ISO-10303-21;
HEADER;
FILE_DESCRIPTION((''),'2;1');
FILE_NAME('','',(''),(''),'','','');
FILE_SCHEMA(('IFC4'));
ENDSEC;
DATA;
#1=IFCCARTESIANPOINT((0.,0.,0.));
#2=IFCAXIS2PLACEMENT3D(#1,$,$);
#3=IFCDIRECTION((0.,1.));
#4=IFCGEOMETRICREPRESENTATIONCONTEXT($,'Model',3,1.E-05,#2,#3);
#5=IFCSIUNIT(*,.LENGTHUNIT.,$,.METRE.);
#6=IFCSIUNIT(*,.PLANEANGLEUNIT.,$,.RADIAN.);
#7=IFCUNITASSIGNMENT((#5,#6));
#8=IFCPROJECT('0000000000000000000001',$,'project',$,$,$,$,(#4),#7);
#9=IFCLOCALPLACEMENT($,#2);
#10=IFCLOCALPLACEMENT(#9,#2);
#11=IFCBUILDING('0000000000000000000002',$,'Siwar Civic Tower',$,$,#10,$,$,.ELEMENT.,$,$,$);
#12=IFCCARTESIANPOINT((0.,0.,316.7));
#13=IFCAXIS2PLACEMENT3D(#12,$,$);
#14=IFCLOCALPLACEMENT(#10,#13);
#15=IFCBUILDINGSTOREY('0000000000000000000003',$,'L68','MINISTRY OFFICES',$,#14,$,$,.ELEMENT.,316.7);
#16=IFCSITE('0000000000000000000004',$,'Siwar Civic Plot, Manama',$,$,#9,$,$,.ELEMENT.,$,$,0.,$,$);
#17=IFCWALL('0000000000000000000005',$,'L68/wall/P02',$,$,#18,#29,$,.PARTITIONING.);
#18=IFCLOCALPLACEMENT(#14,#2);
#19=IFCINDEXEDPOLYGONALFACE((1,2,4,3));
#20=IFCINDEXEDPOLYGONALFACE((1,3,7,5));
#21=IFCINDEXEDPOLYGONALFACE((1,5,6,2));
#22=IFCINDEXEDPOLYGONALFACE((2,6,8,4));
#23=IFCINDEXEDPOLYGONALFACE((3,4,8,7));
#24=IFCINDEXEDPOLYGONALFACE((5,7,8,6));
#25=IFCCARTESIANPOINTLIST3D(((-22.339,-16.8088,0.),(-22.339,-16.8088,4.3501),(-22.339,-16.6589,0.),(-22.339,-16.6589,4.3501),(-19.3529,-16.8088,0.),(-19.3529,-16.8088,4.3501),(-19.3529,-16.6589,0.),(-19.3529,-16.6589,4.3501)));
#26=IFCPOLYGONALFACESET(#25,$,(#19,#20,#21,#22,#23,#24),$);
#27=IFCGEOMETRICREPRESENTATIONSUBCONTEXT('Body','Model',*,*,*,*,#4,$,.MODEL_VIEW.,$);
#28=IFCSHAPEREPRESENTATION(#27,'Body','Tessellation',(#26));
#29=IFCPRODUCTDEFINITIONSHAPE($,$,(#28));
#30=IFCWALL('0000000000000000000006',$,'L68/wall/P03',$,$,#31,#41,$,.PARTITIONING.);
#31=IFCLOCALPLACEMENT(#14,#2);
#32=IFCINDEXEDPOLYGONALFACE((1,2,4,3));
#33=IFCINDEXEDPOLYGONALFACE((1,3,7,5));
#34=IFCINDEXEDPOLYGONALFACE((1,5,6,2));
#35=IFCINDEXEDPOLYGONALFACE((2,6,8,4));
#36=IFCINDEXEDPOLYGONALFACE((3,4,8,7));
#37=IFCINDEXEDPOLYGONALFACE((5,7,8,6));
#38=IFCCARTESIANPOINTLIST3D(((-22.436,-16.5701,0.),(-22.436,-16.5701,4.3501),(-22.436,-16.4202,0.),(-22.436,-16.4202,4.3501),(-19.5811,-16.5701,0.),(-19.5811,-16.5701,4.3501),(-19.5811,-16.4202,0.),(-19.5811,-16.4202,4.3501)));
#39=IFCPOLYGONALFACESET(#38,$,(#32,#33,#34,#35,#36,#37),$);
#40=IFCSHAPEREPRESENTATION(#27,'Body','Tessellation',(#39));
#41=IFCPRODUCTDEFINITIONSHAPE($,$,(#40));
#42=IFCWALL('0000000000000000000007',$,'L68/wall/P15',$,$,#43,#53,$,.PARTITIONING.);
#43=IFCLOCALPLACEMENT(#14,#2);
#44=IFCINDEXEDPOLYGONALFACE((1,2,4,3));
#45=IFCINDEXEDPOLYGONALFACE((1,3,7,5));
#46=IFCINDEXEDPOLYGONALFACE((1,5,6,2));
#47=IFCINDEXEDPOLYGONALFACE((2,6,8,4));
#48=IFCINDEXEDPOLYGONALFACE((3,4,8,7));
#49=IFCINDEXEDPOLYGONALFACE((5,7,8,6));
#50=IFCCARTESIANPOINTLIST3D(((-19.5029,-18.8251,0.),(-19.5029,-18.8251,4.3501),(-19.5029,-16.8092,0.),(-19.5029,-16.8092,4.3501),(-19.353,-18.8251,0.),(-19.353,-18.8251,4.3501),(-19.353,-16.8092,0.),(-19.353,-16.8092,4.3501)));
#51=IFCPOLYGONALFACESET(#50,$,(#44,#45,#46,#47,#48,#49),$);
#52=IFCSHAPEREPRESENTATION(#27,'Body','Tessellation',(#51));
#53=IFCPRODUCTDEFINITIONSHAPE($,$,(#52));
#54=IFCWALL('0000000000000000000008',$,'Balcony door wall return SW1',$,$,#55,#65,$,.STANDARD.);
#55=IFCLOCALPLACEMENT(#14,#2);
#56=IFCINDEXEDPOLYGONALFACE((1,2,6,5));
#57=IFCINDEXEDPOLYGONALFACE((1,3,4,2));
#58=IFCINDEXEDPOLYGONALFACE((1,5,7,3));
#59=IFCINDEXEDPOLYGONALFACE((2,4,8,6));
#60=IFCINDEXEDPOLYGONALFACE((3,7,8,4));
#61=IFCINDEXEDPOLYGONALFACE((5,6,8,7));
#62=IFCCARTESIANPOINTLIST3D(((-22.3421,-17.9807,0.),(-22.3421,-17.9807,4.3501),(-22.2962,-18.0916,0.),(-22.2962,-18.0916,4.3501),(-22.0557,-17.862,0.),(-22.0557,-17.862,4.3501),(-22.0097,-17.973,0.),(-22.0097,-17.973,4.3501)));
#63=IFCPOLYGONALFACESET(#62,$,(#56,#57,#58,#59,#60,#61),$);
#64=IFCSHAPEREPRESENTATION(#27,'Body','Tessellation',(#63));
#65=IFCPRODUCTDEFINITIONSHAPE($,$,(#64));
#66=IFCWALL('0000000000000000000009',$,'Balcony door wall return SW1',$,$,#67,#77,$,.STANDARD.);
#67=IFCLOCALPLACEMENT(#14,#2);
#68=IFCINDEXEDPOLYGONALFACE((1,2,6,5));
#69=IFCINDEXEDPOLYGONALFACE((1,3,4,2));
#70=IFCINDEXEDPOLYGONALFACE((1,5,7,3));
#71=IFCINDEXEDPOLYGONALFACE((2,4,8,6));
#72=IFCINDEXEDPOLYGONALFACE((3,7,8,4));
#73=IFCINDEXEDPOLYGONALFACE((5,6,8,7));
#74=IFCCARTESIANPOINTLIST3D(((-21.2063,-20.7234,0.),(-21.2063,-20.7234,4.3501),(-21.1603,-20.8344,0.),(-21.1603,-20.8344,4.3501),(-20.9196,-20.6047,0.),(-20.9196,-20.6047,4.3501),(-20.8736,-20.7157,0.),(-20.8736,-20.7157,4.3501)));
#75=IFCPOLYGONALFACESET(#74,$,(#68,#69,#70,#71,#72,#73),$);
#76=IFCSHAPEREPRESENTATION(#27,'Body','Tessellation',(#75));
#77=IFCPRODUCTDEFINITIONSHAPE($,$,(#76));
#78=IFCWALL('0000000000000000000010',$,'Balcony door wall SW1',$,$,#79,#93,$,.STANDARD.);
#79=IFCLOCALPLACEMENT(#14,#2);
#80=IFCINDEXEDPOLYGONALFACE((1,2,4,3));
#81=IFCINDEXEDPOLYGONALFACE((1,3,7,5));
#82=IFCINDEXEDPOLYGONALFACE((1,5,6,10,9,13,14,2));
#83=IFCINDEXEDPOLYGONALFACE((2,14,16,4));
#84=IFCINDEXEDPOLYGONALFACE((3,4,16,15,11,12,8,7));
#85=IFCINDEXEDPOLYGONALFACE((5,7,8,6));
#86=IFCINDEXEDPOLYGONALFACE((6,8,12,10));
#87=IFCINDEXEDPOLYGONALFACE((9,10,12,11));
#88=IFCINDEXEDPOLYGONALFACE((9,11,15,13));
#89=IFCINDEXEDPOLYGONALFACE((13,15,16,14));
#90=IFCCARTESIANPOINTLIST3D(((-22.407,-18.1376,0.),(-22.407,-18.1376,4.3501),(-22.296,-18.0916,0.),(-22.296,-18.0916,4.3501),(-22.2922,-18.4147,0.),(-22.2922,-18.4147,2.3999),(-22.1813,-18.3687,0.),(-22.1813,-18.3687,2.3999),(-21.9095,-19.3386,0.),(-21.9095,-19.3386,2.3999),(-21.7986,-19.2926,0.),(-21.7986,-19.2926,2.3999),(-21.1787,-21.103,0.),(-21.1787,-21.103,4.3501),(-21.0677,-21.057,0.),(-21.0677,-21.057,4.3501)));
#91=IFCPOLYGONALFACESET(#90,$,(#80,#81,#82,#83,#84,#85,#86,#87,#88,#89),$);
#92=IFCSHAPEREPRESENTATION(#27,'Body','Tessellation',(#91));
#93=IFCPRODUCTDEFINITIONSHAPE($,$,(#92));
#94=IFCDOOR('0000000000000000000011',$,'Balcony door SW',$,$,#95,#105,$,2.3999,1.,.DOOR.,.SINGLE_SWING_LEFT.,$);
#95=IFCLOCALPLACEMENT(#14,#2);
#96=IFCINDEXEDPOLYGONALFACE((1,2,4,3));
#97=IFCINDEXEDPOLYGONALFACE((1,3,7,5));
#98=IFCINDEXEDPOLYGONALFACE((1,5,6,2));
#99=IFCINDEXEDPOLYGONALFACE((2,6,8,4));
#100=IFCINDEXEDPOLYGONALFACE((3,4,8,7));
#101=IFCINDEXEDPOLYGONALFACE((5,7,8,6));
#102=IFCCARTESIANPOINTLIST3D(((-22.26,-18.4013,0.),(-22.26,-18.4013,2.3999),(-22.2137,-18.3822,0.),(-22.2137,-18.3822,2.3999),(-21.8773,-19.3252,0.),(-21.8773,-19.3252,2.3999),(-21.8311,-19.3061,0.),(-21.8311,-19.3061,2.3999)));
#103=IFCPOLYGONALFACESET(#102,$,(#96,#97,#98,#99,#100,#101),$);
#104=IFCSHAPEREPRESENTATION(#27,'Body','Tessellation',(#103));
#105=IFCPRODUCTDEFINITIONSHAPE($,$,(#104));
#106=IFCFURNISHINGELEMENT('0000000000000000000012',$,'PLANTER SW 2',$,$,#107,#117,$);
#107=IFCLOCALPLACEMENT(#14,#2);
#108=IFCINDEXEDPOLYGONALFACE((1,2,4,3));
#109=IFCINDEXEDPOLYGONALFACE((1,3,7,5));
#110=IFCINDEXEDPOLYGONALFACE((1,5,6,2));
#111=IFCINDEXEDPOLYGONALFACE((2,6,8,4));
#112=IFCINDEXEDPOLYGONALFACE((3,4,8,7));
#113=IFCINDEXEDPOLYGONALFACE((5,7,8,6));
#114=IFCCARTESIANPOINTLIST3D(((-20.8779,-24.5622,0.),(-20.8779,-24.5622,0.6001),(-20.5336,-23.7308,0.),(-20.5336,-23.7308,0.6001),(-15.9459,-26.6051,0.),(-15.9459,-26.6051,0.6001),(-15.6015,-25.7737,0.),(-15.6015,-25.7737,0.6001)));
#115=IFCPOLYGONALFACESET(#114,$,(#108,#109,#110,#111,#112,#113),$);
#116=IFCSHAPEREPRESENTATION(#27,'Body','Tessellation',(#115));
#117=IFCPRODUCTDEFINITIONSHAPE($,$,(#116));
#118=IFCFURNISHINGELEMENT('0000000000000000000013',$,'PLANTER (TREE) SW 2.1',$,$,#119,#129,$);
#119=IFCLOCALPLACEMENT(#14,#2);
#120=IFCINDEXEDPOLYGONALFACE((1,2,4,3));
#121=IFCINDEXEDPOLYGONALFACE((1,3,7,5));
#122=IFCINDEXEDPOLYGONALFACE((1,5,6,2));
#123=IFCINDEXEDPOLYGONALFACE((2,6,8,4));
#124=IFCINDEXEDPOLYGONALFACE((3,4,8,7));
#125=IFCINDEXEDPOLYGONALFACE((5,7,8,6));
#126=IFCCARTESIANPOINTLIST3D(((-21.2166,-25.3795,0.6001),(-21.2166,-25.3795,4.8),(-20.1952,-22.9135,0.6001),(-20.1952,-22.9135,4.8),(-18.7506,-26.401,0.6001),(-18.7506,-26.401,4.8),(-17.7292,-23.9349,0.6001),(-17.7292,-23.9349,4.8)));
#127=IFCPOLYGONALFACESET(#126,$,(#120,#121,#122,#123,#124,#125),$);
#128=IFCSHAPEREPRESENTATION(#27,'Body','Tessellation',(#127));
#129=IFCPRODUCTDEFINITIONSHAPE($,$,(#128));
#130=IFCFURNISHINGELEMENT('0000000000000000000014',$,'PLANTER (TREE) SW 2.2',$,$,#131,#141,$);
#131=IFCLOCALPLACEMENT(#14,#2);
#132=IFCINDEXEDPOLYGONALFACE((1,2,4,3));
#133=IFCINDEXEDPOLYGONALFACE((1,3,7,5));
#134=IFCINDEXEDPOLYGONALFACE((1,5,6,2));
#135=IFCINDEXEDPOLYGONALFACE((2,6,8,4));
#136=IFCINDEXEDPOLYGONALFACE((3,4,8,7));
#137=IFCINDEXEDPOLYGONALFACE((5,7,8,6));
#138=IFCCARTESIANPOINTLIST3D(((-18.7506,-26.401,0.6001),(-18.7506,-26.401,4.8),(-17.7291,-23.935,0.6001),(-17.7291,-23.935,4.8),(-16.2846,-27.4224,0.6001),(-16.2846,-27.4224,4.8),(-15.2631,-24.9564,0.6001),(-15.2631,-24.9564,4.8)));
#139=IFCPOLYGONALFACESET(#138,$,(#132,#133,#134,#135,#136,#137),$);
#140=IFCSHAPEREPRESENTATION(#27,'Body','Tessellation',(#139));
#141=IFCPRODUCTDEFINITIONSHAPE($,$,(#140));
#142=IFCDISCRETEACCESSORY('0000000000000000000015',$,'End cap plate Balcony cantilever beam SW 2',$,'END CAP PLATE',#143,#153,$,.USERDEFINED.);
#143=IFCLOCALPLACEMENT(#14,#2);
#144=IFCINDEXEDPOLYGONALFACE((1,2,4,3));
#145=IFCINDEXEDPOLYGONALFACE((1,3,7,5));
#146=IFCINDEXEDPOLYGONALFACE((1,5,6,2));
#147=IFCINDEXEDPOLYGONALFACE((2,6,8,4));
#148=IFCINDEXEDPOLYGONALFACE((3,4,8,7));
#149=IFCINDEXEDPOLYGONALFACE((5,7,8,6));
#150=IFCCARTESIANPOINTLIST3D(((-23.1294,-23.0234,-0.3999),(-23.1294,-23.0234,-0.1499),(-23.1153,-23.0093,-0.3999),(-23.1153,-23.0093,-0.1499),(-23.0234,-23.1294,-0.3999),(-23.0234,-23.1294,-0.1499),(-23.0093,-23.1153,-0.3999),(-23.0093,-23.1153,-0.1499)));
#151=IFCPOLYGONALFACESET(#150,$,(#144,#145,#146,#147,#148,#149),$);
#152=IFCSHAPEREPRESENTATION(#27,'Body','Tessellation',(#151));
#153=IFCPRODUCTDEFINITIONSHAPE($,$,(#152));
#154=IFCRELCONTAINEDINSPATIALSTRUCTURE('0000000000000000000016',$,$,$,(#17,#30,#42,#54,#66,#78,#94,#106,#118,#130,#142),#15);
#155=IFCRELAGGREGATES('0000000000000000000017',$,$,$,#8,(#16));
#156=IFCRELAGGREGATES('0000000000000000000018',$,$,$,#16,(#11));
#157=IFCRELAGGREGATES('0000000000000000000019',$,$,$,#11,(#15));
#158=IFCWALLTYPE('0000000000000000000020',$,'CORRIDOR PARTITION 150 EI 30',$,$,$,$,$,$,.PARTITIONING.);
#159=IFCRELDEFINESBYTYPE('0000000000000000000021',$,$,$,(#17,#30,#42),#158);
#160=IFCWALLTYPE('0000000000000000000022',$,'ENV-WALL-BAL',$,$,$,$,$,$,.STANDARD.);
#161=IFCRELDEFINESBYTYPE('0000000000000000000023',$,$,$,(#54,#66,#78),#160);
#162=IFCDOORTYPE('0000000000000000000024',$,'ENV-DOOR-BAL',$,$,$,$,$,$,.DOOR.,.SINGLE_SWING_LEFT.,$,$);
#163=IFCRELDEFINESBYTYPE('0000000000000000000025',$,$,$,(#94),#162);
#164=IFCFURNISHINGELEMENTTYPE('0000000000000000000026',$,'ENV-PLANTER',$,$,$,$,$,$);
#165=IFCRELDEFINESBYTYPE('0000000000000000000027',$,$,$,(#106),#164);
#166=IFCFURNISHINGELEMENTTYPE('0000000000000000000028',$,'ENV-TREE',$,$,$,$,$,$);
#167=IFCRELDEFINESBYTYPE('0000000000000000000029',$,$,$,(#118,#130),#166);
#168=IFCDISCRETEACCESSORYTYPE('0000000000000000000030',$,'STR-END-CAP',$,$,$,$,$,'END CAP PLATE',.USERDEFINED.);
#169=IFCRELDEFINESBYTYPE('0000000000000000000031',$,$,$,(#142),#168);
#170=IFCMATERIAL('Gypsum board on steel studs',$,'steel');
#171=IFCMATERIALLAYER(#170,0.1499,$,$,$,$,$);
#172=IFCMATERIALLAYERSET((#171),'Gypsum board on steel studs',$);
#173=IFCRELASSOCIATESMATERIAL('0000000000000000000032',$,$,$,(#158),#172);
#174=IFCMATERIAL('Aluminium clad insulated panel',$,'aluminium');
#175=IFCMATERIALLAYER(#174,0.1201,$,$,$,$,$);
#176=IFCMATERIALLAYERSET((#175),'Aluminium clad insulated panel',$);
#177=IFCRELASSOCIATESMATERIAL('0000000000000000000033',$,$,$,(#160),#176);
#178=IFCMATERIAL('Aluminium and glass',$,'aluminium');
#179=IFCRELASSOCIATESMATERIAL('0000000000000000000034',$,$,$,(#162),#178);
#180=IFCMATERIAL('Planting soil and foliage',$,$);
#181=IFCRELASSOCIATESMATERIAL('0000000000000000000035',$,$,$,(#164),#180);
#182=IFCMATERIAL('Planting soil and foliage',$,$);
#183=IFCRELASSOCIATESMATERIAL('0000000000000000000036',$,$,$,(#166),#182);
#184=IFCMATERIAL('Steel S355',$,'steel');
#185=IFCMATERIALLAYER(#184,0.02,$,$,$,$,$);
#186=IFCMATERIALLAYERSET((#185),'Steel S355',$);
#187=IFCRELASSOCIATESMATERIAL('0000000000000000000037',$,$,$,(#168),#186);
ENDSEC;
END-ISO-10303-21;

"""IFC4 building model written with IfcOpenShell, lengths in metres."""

from ifc_helpers import new_model, si_unit, direction, frame, frame_2d, origin, origin_2d, place, context, subcontext, project, spatial, rectangle, extrude, material, layer, layer_set, type_object, element, fill, save


model = new_model("IFC4")

# Units and contexts
model_context = context("Model", 3, precision=1e-05, world=origin(), true_north=direction((0.0, 1.0)))
body_context = subcontext(model_context, "Body", "Model", "MODEL_VIEW")
ifc_project = project(units=[si_unit("LENGTHUNIT", "METRE"), si_unit("PLANEANGLEUNIT", "RADIAN")], contexts=[model_context])

# Site, building, storey
site_placement = place(None, origin())
site = spatial("IfcSite", under=ifc_project, at=site_placement, Name="Siwar Civic Plot, Manama", CompositionType="ELEMENT", RefElevation=0.0)
building_placement = place(site_placement, origin())
building = spatial("IfcBuilding", under=site, at=building_placement, Name="Siwar Civic Tower", CompositionType="ELEMENT")
storey_placement = place(building_placement, frame((0.0, 0.0, 316.7)))
storey = spatial("IfcBuildingStorey", under=building, at=storey_placement, Name="L68", Description="MINISTRY OFFICES", CompositionType="ELEMENT", Elevation=316.7)

# Shared definitions
ifc_material_1 = material(Name="Gypsum board on steel studs", Category="steel")
ifc_layer_1 = layer(ifc_material_1, 0.1499)
ifc_layer_set_1 = layer_set([ifc_layer_1], Name="Gypsum board on steel studs")
wall_type_1 = type_object("IfcWallType", Name="CORRIDOR PARTITION 150 EI 30", PredefinedType="PARTITIONING", material=ifc_layer_set_1)

# Walls
wall_1_placement = place(storey_placement, frame((-22.3391, -16.7339, 0.0), z_axis=(0.0, 0.0, 1.0), x_axis=(1.0, 0.0, 0.0)))
element("IfcWall", 1, at=wall_1_placement, inside=storey, type_object=wall_type_1, Name="L68/wall/P02", PredefinedType="PARTITIONING", context=body_context, shape_type="SweptSolid", body=[
    extrude(rectangle(XDim=2.9861, YDim=0.1499, at=frame_2d((1.4932, 0.0))), origin(), (0.0, 0.0, 1.0), 4.3501),
])
wall_2_placement = place(storey_placement, frame((-22.436, -16.4951, 0.0), z_axis=(0.0, 0.0, 1.0), x_axis=(1.0, 0.0, 0.0)))
element("IfcWall", 2, at=wall_2_placement, inside=storey, type_object=wall_type_1, Name="L68/wall/P03", PredefinedType="PARTITIONING", context=body_context, shape_type="SweptSolid", body=[
    extrude(rectangle(XDim=2.855, YDim=0.1499, at=frame_2d((1.4275, 0.0))), origin(), (0.0, 0.0, 1.0), 4.3501),
])
wall_3_placement = place(storey_placement, frame((-19.428, -18.825, 0.0), z_axis=(0.0, 0.0, 1.0), x_axis=(0.0, 1.0, 0.0)))
element("IfcWall", 3, at=wall_3_placement, inside=storey, type_object=wall_type_1, Name="L68/wall/P15", PredefinedType="PARTITIONING", context=body_context, shape_type="SweptSolid", body=[
    extrude(rectangle(XDim=2.0159, YDim=0.1499, at=frame_2d((1.0078, 0.0))), origin(), (0.0, 0.0, 1.0), 4.3501),
])
ifc_material_2 = material(Name="Aluminium clad insulated panel", Category="aluminium")
ifc_layer_2 = layer(ifc_material_2, 0.1201)
ifc_layer_set_2 = layer_set([ifc_layer_2], Name="Aluminium clad insulated panel")
wall_type_2 = type_object("IfcWallType", Name="ENV-WALL-BAL", PredefinedType="STANDARD", material=ifc_layer_set_2)
wall_4_placement = place(storey_placement, frame((-22.0327, -17.9175, 0.0), z_axis=(0.0, 0.0, 1.0), x_axis=(-0.923844, -0.382769, 0.0)))
element("IfcWall", 4, at=wall_4_placement, inside=storey, type_object=wall_type_2, Name="Balcony door wall return SW1", PredefinedType="STANDARD", context=body_context, shape_type="SweptSolid", body=[
    extrude(rectangle(XDim=0.3101, YDim=0.1201, at=frame_2d((0.155, 0.0))), origin(), (0.0, 0.0, 1.0), 4.3501),
])
wall_5_placement = place(storey_placement, frame((-20.8965, -20.6602, 0.0), z_axis=(0.0, 0.0, 1.0), x_axis=(-0.923959, -0.382491, 0.0)))
element("IfcWall", 5, at=wall_5_placement, inside=storey, type_object=wall_type_2, Name="Balcony door wall return SW1", PredefinedType="STANDARD", context=body_context, shape_type="SweptSolid", body=[
    extrude(rectangle(XDim=0.3103, YDim=0.1201, at=frame_2d((0.1553, 0.0))), origin(), (0.0, 0.0, 1.0), 4.3501),
])

# Wall, opening, door
wall_6_placement = place(storey_placement, frame((-22.3516, -18.1145, 0.0), z_axis=(0.0, 0.0, 1.0), x_axis=(0.382681, -0.923881, 0.0)))
wall_6 = element("IfcWall", 6, at=wall_6_placement, inside=storey, type_object=wall_type_2, Name="Balcony door wall SW1", PredefinedType="STANDARD", context=body_context, shape_type="SweptSolid", body=[
    extrude(rectangle(XDim=3.2097, YDim=0.1201, at=frame_2d((1.605, 0.0))), origin(), (0.0, 0.0, 1.0), 4.3501),
])
opening_1_placement = place(wall_6_placement, frame((0.3, 0.0, 0.0)))
opening_1 = element("IfcOpeningElement", 7, at=opening_1_placement, cuts=wall_6, PredefinedType="OPENING", context=body_context, shape_type="SweptSolid", body=[
    extrude(rectangle(XDim=1.0, YDim=2.3999, at=frame_2d((0.5, 1.2))), frame((0.0, 0.0701, 0.0), z_axis=(0.0, -1.0, 0.0), x_axis=(1.0, 0.0, 0.0)), (0.0, 0.0, 1.0), 0.1401),
])
ifc_material_3 = material(Name="Aluminium and glass", Category="aluminium")
door_type_1 = type_object("IfcDoorType", Name="ENV-DOOR-BAL", OperationType="SINGLE_SWING_LEFT", PredefinedType="DOOR", material=ifc_material_3)
door_1_placement = place(opening_1_placement, origin())
door_1 = element("IfcDoor", 8, at=door_1_placement, inside=storey, type_object=door_type_1, Name="Balcony door SW", OperationType="SINGLE_SWING_LEFT", OverallHeight=2.3999, OverallWidth=1.0, PredefinedType="DOOR", context=body_context, shape_type="SweptSolid", body=[
    extrude(rectangle(XDim=1.0, YDim=2.3999, at=frame_2d((0.5, 1.2))), frame((0.0, 0.0249, 0.0), z_axis=(0.0, -1.0, 0.0), x_axis=(1.0, 0.0, 0.0)), (0.0, 0.0, 1.0), 0.05),
])
fill(opening_1, door_1)

# Furnishing elements
ifc_material_4 = material(Name="Planting soil and foliage")
furnishing_element_type_1 = type_object("IfcFurnishingElementType", Name="ENV-PLANTER", material=ifc_material_4)
furnishing_placement = place(storey_placement, frame((-18.2397, -25.168, 0.0), z_axis=(0.0, 0.0, 1.0), x_axis=(0.92388, -0.382683, 0.0)))
element("IfcFurnishingElement", 9, at=furnishing_placement, inside=storey, type_object=furnishing_element_type_1, Name="PLANTER SW 2", context=body_context, shape_type="SweptSolid", body=[
    extrude(rectangle(XDim=5.3384, YDim=0.8999, at=origin_2d()), origin(), (0.0, 0.0, 1.0), 0.6001),
])
ifc_material_5 = material(Name="Planting soil and foliage")
furnishing_element_type_2 = type_object("IfcFurnishingElementType", Name="ENV-TREE", material=ifc_material_5)
for number, where, z_axis, x_axis, name in (
    (10, (-19.4729, -24.6572, 0.6001), (0.0, 0.0, 1.0), (0.92388, -0.382683, 0.0), "PLANTER (TREE) SW 2.1"),
    (11, (-17.0068, -25.6787, 0.6001), (0.0, 0.0, 1.0), (0.92388, -0.382683, 0.0), "PLANTER (TREE) SW 2.2"),
):
    element("IfcFurnishingElement", number, at=place(storey_placement, frame(where, z_axis=z_axis, x_axis=x_axis)), inside=storey, type_object=furnishing_element_type_2, Name=name, context=body_context, shape_type="SweptSolid", body=[
        extrude(rectangle(XDim=2.6692, YDim=2.6692, at=origin_2d()), origin(), (0.0, 0.0, 1.0), 4.2),
    ])

# Discrete accessory
ifc_material_6 = material(Name="Steel S355", Category="steel")
ifc_layer_3 = layer(ifc_material_6, 0.02)
ifc_layer_set_3 = layer_set([ifc_layer_3], Name="Steel S355")
discrete_accessory_type = type_object("IfcDiscreteAccessoryType", Name="STR-END-CAP", ElementType="END CAP PLATE", PredefinedType="USERDEFINED", material=ifc_layer_set_3)
discrete_accessory_placement = place(storey_placement, frame((-23.0693, -23.0693, -0.3999), z_axis=(0.0, 0.0, 1.0), x_axis=(-0.707107, -0.707107, 0.0)))
element("IfcDiscreteAccessory", 12, at=discrete_accessory_placement, inside=storey, type_object=discrete_accessory_type, Name="End cap plate Balcony cantilever beam SW 2", ObjectType="END CAP PLATE", PredefinedType="USERDEFINED", context=body_context, shape_type="SweptSolid", body=[
    extrude(rectangle(XDim=0.02, YDim=0.1499, at=origin_2d()), origin(), (0.0, 0.0, 1.0), 0.25),
])

save(model, "model.ifc")
